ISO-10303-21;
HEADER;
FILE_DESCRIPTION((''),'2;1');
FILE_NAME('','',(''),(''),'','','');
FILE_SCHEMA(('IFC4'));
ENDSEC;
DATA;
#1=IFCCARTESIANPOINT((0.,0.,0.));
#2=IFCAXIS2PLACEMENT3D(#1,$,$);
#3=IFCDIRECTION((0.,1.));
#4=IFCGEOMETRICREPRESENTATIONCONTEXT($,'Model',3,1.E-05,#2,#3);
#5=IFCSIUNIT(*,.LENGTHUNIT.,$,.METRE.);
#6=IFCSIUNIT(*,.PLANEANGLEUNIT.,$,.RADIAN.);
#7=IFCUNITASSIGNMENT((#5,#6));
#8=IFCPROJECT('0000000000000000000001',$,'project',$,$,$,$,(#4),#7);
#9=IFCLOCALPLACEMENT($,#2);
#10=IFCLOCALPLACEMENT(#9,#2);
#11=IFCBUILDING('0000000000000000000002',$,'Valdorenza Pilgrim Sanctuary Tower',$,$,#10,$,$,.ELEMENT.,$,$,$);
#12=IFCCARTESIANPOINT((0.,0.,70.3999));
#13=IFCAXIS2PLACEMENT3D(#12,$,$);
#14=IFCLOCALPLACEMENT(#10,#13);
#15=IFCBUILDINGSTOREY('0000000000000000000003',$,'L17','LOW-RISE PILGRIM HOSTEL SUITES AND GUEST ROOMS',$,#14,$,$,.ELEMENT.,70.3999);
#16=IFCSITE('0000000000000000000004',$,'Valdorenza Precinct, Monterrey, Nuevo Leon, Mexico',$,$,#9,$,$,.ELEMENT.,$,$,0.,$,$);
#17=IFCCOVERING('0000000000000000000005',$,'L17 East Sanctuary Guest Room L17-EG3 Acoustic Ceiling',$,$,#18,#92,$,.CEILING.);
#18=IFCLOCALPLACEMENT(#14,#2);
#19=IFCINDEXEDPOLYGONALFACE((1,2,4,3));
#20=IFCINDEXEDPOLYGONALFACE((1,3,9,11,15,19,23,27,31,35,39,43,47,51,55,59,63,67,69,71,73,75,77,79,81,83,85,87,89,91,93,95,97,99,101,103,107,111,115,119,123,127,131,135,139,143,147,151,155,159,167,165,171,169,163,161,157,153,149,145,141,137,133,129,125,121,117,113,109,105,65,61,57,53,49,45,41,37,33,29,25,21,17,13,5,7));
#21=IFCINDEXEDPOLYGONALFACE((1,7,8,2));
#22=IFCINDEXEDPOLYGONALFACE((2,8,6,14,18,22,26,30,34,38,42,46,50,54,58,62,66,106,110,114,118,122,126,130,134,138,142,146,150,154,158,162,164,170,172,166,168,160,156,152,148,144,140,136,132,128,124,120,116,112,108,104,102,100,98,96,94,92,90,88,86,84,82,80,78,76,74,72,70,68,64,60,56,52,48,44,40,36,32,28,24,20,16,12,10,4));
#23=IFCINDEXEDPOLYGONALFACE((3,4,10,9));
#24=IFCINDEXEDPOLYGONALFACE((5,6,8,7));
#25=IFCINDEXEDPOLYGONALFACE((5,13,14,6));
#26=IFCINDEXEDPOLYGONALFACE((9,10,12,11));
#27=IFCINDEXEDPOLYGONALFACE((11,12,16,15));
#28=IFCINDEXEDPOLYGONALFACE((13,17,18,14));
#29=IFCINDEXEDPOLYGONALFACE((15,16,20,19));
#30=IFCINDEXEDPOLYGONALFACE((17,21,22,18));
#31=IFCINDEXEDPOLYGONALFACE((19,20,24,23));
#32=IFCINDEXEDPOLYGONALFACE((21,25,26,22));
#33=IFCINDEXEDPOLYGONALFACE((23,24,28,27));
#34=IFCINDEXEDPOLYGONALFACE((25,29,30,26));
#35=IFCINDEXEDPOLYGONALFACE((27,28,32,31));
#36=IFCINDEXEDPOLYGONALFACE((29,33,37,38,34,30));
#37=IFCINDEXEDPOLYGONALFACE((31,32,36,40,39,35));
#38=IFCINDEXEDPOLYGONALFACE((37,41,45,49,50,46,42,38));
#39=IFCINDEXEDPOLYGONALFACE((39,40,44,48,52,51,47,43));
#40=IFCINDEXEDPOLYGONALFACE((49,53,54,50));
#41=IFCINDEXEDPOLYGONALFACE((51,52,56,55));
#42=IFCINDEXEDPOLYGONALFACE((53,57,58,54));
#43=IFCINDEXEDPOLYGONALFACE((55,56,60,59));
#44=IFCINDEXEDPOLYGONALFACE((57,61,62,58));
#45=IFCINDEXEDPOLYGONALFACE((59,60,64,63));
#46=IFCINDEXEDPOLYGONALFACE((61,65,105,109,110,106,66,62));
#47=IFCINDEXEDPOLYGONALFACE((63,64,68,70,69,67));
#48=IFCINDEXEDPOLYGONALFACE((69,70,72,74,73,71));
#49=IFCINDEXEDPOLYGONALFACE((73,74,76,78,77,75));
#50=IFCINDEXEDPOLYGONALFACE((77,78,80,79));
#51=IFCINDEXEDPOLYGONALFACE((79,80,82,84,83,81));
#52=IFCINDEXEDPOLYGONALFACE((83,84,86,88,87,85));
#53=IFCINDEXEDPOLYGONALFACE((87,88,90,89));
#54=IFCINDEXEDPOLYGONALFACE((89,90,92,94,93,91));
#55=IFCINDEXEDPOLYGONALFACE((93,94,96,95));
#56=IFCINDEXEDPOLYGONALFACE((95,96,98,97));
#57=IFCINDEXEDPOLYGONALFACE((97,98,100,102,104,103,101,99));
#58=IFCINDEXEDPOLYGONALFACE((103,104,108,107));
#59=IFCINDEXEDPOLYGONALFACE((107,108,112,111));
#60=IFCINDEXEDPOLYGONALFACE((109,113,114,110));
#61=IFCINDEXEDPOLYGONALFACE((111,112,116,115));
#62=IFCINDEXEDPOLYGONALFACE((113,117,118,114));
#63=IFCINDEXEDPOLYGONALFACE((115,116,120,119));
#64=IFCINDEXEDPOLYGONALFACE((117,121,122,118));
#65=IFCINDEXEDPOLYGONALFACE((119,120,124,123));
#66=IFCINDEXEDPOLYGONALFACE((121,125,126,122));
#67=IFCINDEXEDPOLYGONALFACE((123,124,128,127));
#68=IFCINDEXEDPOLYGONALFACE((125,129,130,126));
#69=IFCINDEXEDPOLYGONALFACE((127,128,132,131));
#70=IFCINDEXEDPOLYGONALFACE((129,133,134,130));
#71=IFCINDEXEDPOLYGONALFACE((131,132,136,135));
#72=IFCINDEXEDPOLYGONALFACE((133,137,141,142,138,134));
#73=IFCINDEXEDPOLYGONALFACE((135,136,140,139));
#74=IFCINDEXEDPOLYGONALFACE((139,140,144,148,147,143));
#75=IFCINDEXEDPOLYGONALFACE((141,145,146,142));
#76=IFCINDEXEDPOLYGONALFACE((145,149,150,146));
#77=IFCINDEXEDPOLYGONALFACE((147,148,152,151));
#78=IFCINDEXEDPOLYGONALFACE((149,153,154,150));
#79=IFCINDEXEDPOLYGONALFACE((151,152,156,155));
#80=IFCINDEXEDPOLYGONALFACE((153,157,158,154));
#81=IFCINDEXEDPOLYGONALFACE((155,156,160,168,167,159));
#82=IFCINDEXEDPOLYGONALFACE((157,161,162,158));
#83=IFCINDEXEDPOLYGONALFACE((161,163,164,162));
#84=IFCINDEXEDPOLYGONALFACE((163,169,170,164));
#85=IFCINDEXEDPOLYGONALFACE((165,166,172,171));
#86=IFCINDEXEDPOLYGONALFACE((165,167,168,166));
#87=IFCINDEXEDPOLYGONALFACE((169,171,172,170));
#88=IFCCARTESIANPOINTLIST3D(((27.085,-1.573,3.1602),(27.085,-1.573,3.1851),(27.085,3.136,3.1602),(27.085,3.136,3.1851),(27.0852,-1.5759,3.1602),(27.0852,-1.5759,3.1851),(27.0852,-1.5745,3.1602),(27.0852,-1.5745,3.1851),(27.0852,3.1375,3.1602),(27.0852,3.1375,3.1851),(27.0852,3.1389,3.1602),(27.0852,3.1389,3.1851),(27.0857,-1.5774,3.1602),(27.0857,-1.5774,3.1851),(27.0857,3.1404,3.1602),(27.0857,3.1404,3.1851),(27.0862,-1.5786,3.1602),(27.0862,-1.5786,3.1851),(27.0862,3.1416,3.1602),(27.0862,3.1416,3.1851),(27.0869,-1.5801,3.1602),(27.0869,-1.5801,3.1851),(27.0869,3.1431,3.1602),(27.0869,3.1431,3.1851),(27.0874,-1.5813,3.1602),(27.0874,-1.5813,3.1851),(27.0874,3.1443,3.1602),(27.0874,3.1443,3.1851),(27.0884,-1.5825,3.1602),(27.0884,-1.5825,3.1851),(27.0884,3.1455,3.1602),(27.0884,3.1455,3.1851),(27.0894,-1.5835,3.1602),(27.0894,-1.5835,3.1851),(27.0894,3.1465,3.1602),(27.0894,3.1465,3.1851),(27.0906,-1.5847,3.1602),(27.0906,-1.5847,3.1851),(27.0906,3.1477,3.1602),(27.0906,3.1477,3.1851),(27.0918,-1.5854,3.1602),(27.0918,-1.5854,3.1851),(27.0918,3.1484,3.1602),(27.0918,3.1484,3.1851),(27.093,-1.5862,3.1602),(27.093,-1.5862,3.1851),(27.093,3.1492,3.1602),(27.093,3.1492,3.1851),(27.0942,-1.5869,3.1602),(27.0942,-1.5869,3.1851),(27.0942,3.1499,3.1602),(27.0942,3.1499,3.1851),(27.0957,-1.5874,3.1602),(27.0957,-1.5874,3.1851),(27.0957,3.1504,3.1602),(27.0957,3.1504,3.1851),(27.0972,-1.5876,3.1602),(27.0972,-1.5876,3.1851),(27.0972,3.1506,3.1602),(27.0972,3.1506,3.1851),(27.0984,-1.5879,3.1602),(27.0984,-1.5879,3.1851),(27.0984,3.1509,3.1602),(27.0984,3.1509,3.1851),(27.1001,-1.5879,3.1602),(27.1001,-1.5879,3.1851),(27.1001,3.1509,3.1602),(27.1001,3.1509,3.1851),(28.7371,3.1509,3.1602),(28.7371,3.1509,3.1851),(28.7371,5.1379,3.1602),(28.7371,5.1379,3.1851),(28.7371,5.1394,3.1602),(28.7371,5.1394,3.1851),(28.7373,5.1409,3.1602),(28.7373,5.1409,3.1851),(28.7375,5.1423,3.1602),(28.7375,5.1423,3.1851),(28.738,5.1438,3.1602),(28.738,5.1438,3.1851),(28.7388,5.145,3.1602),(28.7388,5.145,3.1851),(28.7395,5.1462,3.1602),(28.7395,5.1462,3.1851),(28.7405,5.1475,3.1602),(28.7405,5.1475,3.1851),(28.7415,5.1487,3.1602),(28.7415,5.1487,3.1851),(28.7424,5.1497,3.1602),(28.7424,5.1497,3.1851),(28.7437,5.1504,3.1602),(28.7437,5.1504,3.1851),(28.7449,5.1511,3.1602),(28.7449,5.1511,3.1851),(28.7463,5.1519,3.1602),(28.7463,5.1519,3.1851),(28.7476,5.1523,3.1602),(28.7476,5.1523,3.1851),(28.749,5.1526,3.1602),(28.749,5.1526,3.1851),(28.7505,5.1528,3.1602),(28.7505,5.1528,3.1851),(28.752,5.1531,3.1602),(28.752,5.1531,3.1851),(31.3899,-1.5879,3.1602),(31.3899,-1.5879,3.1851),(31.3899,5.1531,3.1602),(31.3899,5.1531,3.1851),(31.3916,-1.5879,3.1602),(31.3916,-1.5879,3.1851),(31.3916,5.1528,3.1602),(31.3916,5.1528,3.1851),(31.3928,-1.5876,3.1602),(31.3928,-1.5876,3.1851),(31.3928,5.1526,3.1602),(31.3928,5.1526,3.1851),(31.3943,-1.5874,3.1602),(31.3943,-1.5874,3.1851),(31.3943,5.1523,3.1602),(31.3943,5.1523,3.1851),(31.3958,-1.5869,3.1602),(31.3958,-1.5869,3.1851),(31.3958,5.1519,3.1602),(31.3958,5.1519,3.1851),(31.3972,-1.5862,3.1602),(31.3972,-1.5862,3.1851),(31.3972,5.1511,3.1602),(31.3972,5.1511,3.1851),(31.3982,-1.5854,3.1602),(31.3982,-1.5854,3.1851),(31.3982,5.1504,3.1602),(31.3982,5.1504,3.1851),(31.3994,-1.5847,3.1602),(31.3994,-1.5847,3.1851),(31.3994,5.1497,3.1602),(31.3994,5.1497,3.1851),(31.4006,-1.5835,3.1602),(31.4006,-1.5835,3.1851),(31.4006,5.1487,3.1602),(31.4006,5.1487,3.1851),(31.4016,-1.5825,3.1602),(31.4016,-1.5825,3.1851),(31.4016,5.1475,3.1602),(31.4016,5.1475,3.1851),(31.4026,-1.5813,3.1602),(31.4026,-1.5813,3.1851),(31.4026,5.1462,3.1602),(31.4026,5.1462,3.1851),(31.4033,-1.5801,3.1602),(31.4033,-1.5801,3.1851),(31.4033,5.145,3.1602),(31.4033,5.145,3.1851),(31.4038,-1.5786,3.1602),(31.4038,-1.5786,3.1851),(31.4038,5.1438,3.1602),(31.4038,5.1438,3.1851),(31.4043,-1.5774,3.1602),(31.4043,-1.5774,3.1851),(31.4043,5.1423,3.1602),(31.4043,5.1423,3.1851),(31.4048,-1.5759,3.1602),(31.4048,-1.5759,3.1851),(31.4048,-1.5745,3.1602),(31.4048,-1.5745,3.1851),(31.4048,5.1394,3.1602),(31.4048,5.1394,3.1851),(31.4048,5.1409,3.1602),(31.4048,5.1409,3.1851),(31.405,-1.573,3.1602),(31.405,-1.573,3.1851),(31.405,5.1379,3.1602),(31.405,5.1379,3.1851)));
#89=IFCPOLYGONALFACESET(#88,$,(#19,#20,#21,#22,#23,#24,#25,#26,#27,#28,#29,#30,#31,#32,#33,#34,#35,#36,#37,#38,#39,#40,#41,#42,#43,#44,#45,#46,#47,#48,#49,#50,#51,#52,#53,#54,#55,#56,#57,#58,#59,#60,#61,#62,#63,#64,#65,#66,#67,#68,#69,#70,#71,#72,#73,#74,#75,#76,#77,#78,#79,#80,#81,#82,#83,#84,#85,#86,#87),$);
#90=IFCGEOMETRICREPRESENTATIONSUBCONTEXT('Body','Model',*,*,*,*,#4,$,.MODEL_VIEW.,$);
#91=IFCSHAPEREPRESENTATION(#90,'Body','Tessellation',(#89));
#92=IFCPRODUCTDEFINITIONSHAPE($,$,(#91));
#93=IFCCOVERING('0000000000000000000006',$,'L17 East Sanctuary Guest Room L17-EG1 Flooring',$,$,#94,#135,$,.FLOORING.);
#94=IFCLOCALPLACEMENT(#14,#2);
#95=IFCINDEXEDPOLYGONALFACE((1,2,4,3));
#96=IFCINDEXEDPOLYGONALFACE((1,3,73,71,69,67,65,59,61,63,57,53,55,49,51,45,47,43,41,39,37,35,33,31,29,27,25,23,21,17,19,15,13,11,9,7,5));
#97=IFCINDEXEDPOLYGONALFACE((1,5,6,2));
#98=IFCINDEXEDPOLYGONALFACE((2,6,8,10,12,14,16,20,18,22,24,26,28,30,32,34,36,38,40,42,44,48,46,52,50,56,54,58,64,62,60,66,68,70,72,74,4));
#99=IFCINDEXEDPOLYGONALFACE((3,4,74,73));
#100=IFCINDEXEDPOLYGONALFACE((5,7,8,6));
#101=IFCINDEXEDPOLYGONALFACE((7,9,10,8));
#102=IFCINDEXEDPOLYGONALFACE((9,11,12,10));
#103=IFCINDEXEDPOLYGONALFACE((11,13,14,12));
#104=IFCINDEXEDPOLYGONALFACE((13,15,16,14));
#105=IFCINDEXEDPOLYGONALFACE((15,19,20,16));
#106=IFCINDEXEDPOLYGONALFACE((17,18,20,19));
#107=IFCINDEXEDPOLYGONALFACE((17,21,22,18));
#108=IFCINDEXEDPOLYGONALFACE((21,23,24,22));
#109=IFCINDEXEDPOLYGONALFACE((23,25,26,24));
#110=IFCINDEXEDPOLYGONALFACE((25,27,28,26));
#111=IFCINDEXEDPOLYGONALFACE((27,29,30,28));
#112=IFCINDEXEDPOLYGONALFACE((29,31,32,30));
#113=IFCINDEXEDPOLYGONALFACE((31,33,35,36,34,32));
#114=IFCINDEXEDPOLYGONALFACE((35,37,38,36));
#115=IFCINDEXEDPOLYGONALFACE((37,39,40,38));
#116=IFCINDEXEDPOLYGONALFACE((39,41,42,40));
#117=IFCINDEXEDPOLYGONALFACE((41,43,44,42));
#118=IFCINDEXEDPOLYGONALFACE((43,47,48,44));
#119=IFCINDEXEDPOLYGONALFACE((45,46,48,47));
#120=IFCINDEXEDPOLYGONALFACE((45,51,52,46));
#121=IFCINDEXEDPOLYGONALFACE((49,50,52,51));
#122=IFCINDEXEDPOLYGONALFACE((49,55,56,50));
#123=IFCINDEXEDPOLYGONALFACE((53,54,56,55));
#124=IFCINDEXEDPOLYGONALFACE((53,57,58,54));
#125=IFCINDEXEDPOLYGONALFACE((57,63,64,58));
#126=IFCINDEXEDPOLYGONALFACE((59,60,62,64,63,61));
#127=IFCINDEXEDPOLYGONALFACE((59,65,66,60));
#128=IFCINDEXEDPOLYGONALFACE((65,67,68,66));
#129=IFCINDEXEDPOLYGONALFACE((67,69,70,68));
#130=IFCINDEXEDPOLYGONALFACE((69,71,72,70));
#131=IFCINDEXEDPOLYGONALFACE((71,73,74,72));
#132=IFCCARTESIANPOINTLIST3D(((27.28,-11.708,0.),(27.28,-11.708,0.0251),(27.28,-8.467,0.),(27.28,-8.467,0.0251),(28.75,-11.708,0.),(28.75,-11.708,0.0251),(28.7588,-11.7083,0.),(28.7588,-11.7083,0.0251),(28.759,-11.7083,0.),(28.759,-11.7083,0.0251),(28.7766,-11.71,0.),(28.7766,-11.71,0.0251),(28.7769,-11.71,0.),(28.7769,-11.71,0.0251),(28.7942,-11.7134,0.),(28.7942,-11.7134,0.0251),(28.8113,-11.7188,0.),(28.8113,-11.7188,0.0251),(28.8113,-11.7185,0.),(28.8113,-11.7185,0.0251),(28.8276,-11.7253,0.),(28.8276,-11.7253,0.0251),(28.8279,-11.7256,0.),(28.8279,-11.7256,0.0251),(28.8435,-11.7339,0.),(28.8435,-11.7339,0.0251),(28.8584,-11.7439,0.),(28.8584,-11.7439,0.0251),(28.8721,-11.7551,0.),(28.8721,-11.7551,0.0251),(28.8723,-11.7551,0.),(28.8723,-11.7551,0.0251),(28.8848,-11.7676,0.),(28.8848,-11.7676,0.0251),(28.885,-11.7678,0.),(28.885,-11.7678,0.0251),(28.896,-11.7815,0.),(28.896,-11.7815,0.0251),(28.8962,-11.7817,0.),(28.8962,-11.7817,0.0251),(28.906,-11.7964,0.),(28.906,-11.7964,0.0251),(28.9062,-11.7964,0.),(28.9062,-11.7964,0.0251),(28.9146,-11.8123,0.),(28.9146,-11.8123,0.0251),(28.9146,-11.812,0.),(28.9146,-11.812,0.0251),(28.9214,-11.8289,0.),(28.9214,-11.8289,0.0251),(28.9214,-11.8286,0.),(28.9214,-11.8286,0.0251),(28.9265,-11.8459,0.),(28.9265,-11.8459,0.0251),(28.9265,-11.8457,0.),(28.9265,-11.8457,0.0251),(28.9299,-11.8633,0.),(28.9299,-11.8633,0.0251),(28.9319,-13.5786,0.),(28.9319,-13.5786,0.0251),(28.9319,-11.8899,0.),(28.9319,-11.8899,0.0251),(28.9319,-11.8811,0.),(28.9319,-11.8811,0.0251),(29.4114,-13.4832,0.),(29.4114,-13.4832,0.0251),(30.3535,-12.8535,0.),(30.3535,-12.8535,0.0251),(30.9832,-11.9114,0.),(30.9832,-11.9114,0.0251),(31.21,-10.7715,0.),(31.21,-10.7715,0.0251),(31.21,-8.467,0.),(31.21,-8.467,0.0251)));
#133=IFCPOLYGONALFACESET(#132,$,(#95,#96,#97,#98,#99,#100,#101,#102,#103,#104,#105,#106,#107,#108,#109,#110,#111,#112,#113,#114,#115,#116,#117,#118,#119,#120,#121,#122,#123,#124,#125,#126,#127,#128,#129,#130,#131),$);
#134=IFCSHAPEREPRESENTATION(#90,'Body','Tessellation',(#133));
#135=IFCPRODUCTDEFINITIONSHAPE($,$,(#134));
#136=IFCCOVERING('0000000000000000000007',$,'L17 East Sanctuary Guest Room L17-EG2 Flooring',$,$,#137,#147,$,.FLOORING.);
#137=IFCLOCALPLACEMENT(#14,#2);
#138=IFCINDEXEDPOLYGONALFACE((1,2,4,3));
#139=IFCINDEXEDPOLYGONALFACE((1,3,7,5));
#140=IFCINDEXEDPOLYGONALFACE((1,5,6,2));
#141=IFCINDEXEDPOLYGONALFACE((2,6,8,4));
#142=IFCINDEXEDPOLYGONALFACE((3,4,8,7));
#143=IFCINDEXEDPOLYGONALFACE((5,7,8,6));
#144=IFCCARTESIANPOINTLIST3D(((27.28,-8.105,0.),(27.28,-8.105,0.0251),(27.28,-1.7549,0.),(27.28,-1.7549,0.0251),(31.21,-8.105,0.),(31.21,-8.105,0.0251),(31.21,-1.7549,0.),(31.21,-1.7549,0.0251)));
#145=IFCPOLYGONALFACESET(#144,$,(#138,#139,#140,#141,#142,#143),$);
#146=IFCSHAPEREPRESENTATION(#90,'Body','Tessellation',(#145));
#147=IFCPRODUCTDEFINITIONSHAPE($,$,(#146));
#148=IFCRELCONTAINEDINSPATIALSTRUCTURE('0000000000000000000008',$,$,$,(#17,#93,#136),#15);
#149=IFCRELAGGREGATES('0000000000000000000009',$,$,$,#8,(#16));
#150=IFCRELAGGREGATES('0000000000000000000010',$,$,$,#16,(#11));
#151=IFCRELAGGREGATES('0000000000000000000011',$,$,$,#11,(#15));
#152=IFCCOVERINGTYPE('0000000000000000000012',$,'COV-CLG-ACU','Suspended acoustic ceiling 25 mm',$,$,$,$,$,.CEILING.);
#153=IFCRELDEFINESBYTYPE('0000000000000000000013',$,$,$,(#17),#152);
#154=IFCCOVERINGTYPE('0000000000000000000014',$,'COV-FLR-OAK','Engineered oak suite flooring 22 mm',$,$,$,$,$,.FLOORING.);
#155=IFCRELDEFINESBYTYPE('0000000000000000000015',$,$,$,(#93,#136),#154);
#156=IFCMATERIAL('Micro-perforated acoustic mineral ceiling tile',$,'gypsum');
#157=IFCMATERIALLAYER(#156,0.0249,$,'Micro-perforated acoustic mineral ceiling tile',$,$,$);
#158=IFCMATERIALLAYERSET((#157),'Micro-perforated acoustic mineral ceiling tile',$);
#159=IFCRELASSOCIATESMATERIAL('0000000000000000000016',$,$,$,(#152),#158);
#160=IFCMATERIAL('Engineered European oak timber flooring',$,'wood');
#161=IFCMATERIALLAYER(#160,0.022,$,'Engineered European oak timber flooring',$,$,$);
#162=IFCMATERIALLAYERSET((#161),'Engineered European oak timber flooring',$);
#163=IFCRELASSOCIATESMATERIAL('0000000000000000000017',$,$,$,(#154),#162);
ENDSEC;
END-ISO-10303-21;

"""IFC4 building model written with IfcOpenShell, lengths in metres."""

from ifc_helpers import new_model, si_unit, direction, frame, origin, place, context, subcontext, project, spatial, polyline, outline, extrude, material, layer, layer_set, type_object, element, save


model = new_model("IFC4")

# Units and contexts
model_context = context("Model", 3, precision=1e-05, world=origin(), true_north=direction((0.0, 1.0)))
body_context = subcontext(model_context, "Body", "Model", "MODEL_VIEW")
ifc_project = project(units=[si_unit("LENGTHUNIT", "METRE"), si_unit("PLANEANGLEUNIT", "RADIAN")], contexts=[model_context])

# Site, building, storey
site_placement = place(None, origin())
site = spatial("IfcSite", under=ifc_project, at=site_placement, Name="Valdorenza Precinct, Monterrey, Nuevo Leon, Mexico", CompositionType="ELEMENT", RefElevation=0.0)
building_placement = place(site_placement, origin())
building = spatial("IfcBuilding", under=site, at=building_placement, Name="Valdorenza Pilgrim Sanctuary Tower", CompositionType="ELEMENT")
storey_placement = place(building_placement, frame((0.0, 0.0, 70.3999)))
storey = spatial("IfcBuildingStorey", under=building, at=storey_placement, Name="L17", Description="LOW-RISE PILGRIM HOSTEL SUITES AND GUEST ROOMS", CompositionType="ELEMENT", Elevation=70.3999)

# Coverings
ifc_material_1 = material(Name="Micro-perforated acoustic mineral ceiling tile", Category="gypsum")
ifc_layer_1 = layer(ifc_material_1, 0.0249, Name="Micro-perforated acoustic mineral ceiling tile")
ifc_layer_set_1 = layer_set([ifc_layer_1], Name="Micro-perforated acoustic mineral ceiling tile")
covering_type_1 = type_object("IfcCoveringType", Name="COV-CLG-ACU", Description="Suspended acoustic ceiling 25 mm", PredefinedType="CEILING", material=ifc_layer_set_1)
covering_1_placement = place(storey_placement, frame((0.0, 0.0, 3.1602)))
element("IfcCovering", 1, at=covering_1_placement, inside=storey, type_object=covering_type_1, Name="L17 East Sanctuary Guest Room L17-EG3 Acoustic Ceiling", PredefinedType="CEILING", context=body_context, shape_type="SweptSolid", body=[
    extrude(outline(polyline([(27.085, 3.136), (27.0852, 3.1375), (27.0852, 3.1389), (27.0857, 3.1404), (27.0862, 3.1416), (27.0869, 3.1431), (27.0874, 3.1443), (27.0884, 3.1455), (27.0894, 3.1465), (27.0906, 3.1477), (27.0918, 3.1484), (27.093, 3.1492), (27.0942, 3.1499), (27.0957, 3.1504), (27.0972, 3.1506), (27.0984, 3.1509), (27.1001, 3.1509), (28.7371, 3.1509), (28.7371, 5.1379), (28.7371, 5.1394), (28.7373, 5.1409), (28.7375, 5.1423), (28.738, 5.1438), (28.7388, 5.145), (28.7395, 5.1462), (28.7405, 5.1475), (28.7415, 5.1487), (28.7424, 5.1497), (28.7437, 5.1504), (28.7449, 5.1511), (28.7463, 5.1519), (28.7476, 5.1523), (28.749, 5.1526), (28.7505, 5.1528), (28.752, 5.1531), (31.3899, 5.1531), (31.3916, 5.1528), (31.3928, 5.1526), (31.3943, 5.1523), (31.3958, 5.1519), (31.3972, 5.1511), (31.3982, 5.1504), (31.3994, 5.1497), (31.4006, 5.1487), (31.4016, 5.1475), (31.4026, 5.1462), (31.4033, 5.145), (31.4038, 5.1438), (31.4043, 5.1423), (31.4048, 5.1409), (31.4048, 5.1394), (31.405, 5.1379), (31.405, -1.573), (31.4048, -1.5745), (31.4048, -1.5759), (31.4043, -1.5774), (31.4038, -1.5786), (31.4033, -1.5801), (31.4026, -1.5813), (31.4016, -1.5825), (31.4006, -1.5835), (31.3994, -1.5847), (31.3982, -1.5854), (31.3972, -1.5862), (31.3958, -1.5869), (31.3943, -1.5874), (31.3928, -1.5876), (31.3916, -1.5879), (31.3899, -1.5879), (27.1001, -1.5879), (27.0984, -1.5879), (27.0972, -1.5876), (27.0957, -1.5874), (27.0942, -1.5869), (27.093, -1.5862), (27.0918, -1.5854), (27.0906, -1.5847), (27.0894, -1.5835), (27.0884, -1.5825), (27.0874, -1.5813), (27.0869, -1.5801), (27.0862, -1.5786), (27.0857, -1.5774), (27.0852, -1.5759), (27.0852, -1.5745), (27.085, -1.573), (27.085, 3.136)])), origin(), (0.0, 0.0, 1.0), 0.0249),
])
ifc_material_2 = material(Name="Engineered European oak timber flooring", Category="wood")
ifc_layer_2 = layer(ifc_material_2, 0.022, Name="Engineered European oak timber flooring")
ifc_layer_set_2 = layer_set([ifc_layer_2], Name="Engineered European oak timber flooring")
covering_type_2 = type_object("IfcCoveringType", Name="COV-FLR-OAK", Description="Engineered oak suite flooring 22 mm", PredefinedType="FLOORING", material=ifc_layer_set_2)
covering_2_placement = place(storey_placement, origin())
element("IfcCovering", 2, at=covering_2_placement, inside=storey, type_object=covering_type_2, Name="L17 East Sanctuary Guest Room L17-EG1 Flooring", PredefinedType="FLOORING", context=body_context, shape_type="SweptSolid", body=[
    extrude(outline(polyline([(31.21, -10.7715), (30.9832, -11.9114), (30.3535, -12.8535), (29.4114, -13.4832), (28.9319, -13.5786), (28.9319, -11.8899), (28.9319, -11.8811), (28.9319, -11.8811), (28.9299, -11.8633), (28.9299, -11.8633), (28.9265, -11.8459), (28.9265, -11.8457), (28.9214, -11.8289), (28.9214, -11.8286), (28.9146, -11.8123), (28.9146, -11.812), (28.9062, -11.7964), (28.906, -11.7964), (28.8962, -11.7817), (28.896, -11.7815), (28.885, -11.7678), (28.8848, -11.7676), (28.8723, -11.7551), (28.8721, -11.7551), (28.8584, -11.7439), (28.8584, -11.7439), (28.8435, -11.7339), (28.8435, -11.7339), (28.8279, -11.7256), (28.8276, -11.7253), (28.8113, -11.7188), (28.8113, -11.7185), (28.7942, -11.7134), (28.7942, -11.7134), (28.7769, -11.71), (28.7766, -11.71), (28.759, -11.7083), (28.7588, -11.7083), (28.75, -11.708), (27.28, -11.708), (27.28, -8.467), (31.21, -8.467), (31.21, -10.7715)])), origin(), (0.0, 0.0, 1.0), 0.0251),
])
covering_3_placement = place(storey_placement, origin())
element("IfcCovering", 3, at=covering_3_placement, inside=storey, type_object=covering_type_2, Name="L17 East Sanctuary Guest Room L17-EG2 Flooring", PredefinedType="FLOORING", context=body_context, shape_type="SweptSolid", body=[
    extrude(outline(polyline([(31.21, -1.7549), (31.21, -8.105), (27.28, -8.105), (27.28, -1.7549), (31.21, -1.7549)])), origin(), (0.0, 0.0, 1.0), 0.0251),
])

save(model, "model.ifc")
